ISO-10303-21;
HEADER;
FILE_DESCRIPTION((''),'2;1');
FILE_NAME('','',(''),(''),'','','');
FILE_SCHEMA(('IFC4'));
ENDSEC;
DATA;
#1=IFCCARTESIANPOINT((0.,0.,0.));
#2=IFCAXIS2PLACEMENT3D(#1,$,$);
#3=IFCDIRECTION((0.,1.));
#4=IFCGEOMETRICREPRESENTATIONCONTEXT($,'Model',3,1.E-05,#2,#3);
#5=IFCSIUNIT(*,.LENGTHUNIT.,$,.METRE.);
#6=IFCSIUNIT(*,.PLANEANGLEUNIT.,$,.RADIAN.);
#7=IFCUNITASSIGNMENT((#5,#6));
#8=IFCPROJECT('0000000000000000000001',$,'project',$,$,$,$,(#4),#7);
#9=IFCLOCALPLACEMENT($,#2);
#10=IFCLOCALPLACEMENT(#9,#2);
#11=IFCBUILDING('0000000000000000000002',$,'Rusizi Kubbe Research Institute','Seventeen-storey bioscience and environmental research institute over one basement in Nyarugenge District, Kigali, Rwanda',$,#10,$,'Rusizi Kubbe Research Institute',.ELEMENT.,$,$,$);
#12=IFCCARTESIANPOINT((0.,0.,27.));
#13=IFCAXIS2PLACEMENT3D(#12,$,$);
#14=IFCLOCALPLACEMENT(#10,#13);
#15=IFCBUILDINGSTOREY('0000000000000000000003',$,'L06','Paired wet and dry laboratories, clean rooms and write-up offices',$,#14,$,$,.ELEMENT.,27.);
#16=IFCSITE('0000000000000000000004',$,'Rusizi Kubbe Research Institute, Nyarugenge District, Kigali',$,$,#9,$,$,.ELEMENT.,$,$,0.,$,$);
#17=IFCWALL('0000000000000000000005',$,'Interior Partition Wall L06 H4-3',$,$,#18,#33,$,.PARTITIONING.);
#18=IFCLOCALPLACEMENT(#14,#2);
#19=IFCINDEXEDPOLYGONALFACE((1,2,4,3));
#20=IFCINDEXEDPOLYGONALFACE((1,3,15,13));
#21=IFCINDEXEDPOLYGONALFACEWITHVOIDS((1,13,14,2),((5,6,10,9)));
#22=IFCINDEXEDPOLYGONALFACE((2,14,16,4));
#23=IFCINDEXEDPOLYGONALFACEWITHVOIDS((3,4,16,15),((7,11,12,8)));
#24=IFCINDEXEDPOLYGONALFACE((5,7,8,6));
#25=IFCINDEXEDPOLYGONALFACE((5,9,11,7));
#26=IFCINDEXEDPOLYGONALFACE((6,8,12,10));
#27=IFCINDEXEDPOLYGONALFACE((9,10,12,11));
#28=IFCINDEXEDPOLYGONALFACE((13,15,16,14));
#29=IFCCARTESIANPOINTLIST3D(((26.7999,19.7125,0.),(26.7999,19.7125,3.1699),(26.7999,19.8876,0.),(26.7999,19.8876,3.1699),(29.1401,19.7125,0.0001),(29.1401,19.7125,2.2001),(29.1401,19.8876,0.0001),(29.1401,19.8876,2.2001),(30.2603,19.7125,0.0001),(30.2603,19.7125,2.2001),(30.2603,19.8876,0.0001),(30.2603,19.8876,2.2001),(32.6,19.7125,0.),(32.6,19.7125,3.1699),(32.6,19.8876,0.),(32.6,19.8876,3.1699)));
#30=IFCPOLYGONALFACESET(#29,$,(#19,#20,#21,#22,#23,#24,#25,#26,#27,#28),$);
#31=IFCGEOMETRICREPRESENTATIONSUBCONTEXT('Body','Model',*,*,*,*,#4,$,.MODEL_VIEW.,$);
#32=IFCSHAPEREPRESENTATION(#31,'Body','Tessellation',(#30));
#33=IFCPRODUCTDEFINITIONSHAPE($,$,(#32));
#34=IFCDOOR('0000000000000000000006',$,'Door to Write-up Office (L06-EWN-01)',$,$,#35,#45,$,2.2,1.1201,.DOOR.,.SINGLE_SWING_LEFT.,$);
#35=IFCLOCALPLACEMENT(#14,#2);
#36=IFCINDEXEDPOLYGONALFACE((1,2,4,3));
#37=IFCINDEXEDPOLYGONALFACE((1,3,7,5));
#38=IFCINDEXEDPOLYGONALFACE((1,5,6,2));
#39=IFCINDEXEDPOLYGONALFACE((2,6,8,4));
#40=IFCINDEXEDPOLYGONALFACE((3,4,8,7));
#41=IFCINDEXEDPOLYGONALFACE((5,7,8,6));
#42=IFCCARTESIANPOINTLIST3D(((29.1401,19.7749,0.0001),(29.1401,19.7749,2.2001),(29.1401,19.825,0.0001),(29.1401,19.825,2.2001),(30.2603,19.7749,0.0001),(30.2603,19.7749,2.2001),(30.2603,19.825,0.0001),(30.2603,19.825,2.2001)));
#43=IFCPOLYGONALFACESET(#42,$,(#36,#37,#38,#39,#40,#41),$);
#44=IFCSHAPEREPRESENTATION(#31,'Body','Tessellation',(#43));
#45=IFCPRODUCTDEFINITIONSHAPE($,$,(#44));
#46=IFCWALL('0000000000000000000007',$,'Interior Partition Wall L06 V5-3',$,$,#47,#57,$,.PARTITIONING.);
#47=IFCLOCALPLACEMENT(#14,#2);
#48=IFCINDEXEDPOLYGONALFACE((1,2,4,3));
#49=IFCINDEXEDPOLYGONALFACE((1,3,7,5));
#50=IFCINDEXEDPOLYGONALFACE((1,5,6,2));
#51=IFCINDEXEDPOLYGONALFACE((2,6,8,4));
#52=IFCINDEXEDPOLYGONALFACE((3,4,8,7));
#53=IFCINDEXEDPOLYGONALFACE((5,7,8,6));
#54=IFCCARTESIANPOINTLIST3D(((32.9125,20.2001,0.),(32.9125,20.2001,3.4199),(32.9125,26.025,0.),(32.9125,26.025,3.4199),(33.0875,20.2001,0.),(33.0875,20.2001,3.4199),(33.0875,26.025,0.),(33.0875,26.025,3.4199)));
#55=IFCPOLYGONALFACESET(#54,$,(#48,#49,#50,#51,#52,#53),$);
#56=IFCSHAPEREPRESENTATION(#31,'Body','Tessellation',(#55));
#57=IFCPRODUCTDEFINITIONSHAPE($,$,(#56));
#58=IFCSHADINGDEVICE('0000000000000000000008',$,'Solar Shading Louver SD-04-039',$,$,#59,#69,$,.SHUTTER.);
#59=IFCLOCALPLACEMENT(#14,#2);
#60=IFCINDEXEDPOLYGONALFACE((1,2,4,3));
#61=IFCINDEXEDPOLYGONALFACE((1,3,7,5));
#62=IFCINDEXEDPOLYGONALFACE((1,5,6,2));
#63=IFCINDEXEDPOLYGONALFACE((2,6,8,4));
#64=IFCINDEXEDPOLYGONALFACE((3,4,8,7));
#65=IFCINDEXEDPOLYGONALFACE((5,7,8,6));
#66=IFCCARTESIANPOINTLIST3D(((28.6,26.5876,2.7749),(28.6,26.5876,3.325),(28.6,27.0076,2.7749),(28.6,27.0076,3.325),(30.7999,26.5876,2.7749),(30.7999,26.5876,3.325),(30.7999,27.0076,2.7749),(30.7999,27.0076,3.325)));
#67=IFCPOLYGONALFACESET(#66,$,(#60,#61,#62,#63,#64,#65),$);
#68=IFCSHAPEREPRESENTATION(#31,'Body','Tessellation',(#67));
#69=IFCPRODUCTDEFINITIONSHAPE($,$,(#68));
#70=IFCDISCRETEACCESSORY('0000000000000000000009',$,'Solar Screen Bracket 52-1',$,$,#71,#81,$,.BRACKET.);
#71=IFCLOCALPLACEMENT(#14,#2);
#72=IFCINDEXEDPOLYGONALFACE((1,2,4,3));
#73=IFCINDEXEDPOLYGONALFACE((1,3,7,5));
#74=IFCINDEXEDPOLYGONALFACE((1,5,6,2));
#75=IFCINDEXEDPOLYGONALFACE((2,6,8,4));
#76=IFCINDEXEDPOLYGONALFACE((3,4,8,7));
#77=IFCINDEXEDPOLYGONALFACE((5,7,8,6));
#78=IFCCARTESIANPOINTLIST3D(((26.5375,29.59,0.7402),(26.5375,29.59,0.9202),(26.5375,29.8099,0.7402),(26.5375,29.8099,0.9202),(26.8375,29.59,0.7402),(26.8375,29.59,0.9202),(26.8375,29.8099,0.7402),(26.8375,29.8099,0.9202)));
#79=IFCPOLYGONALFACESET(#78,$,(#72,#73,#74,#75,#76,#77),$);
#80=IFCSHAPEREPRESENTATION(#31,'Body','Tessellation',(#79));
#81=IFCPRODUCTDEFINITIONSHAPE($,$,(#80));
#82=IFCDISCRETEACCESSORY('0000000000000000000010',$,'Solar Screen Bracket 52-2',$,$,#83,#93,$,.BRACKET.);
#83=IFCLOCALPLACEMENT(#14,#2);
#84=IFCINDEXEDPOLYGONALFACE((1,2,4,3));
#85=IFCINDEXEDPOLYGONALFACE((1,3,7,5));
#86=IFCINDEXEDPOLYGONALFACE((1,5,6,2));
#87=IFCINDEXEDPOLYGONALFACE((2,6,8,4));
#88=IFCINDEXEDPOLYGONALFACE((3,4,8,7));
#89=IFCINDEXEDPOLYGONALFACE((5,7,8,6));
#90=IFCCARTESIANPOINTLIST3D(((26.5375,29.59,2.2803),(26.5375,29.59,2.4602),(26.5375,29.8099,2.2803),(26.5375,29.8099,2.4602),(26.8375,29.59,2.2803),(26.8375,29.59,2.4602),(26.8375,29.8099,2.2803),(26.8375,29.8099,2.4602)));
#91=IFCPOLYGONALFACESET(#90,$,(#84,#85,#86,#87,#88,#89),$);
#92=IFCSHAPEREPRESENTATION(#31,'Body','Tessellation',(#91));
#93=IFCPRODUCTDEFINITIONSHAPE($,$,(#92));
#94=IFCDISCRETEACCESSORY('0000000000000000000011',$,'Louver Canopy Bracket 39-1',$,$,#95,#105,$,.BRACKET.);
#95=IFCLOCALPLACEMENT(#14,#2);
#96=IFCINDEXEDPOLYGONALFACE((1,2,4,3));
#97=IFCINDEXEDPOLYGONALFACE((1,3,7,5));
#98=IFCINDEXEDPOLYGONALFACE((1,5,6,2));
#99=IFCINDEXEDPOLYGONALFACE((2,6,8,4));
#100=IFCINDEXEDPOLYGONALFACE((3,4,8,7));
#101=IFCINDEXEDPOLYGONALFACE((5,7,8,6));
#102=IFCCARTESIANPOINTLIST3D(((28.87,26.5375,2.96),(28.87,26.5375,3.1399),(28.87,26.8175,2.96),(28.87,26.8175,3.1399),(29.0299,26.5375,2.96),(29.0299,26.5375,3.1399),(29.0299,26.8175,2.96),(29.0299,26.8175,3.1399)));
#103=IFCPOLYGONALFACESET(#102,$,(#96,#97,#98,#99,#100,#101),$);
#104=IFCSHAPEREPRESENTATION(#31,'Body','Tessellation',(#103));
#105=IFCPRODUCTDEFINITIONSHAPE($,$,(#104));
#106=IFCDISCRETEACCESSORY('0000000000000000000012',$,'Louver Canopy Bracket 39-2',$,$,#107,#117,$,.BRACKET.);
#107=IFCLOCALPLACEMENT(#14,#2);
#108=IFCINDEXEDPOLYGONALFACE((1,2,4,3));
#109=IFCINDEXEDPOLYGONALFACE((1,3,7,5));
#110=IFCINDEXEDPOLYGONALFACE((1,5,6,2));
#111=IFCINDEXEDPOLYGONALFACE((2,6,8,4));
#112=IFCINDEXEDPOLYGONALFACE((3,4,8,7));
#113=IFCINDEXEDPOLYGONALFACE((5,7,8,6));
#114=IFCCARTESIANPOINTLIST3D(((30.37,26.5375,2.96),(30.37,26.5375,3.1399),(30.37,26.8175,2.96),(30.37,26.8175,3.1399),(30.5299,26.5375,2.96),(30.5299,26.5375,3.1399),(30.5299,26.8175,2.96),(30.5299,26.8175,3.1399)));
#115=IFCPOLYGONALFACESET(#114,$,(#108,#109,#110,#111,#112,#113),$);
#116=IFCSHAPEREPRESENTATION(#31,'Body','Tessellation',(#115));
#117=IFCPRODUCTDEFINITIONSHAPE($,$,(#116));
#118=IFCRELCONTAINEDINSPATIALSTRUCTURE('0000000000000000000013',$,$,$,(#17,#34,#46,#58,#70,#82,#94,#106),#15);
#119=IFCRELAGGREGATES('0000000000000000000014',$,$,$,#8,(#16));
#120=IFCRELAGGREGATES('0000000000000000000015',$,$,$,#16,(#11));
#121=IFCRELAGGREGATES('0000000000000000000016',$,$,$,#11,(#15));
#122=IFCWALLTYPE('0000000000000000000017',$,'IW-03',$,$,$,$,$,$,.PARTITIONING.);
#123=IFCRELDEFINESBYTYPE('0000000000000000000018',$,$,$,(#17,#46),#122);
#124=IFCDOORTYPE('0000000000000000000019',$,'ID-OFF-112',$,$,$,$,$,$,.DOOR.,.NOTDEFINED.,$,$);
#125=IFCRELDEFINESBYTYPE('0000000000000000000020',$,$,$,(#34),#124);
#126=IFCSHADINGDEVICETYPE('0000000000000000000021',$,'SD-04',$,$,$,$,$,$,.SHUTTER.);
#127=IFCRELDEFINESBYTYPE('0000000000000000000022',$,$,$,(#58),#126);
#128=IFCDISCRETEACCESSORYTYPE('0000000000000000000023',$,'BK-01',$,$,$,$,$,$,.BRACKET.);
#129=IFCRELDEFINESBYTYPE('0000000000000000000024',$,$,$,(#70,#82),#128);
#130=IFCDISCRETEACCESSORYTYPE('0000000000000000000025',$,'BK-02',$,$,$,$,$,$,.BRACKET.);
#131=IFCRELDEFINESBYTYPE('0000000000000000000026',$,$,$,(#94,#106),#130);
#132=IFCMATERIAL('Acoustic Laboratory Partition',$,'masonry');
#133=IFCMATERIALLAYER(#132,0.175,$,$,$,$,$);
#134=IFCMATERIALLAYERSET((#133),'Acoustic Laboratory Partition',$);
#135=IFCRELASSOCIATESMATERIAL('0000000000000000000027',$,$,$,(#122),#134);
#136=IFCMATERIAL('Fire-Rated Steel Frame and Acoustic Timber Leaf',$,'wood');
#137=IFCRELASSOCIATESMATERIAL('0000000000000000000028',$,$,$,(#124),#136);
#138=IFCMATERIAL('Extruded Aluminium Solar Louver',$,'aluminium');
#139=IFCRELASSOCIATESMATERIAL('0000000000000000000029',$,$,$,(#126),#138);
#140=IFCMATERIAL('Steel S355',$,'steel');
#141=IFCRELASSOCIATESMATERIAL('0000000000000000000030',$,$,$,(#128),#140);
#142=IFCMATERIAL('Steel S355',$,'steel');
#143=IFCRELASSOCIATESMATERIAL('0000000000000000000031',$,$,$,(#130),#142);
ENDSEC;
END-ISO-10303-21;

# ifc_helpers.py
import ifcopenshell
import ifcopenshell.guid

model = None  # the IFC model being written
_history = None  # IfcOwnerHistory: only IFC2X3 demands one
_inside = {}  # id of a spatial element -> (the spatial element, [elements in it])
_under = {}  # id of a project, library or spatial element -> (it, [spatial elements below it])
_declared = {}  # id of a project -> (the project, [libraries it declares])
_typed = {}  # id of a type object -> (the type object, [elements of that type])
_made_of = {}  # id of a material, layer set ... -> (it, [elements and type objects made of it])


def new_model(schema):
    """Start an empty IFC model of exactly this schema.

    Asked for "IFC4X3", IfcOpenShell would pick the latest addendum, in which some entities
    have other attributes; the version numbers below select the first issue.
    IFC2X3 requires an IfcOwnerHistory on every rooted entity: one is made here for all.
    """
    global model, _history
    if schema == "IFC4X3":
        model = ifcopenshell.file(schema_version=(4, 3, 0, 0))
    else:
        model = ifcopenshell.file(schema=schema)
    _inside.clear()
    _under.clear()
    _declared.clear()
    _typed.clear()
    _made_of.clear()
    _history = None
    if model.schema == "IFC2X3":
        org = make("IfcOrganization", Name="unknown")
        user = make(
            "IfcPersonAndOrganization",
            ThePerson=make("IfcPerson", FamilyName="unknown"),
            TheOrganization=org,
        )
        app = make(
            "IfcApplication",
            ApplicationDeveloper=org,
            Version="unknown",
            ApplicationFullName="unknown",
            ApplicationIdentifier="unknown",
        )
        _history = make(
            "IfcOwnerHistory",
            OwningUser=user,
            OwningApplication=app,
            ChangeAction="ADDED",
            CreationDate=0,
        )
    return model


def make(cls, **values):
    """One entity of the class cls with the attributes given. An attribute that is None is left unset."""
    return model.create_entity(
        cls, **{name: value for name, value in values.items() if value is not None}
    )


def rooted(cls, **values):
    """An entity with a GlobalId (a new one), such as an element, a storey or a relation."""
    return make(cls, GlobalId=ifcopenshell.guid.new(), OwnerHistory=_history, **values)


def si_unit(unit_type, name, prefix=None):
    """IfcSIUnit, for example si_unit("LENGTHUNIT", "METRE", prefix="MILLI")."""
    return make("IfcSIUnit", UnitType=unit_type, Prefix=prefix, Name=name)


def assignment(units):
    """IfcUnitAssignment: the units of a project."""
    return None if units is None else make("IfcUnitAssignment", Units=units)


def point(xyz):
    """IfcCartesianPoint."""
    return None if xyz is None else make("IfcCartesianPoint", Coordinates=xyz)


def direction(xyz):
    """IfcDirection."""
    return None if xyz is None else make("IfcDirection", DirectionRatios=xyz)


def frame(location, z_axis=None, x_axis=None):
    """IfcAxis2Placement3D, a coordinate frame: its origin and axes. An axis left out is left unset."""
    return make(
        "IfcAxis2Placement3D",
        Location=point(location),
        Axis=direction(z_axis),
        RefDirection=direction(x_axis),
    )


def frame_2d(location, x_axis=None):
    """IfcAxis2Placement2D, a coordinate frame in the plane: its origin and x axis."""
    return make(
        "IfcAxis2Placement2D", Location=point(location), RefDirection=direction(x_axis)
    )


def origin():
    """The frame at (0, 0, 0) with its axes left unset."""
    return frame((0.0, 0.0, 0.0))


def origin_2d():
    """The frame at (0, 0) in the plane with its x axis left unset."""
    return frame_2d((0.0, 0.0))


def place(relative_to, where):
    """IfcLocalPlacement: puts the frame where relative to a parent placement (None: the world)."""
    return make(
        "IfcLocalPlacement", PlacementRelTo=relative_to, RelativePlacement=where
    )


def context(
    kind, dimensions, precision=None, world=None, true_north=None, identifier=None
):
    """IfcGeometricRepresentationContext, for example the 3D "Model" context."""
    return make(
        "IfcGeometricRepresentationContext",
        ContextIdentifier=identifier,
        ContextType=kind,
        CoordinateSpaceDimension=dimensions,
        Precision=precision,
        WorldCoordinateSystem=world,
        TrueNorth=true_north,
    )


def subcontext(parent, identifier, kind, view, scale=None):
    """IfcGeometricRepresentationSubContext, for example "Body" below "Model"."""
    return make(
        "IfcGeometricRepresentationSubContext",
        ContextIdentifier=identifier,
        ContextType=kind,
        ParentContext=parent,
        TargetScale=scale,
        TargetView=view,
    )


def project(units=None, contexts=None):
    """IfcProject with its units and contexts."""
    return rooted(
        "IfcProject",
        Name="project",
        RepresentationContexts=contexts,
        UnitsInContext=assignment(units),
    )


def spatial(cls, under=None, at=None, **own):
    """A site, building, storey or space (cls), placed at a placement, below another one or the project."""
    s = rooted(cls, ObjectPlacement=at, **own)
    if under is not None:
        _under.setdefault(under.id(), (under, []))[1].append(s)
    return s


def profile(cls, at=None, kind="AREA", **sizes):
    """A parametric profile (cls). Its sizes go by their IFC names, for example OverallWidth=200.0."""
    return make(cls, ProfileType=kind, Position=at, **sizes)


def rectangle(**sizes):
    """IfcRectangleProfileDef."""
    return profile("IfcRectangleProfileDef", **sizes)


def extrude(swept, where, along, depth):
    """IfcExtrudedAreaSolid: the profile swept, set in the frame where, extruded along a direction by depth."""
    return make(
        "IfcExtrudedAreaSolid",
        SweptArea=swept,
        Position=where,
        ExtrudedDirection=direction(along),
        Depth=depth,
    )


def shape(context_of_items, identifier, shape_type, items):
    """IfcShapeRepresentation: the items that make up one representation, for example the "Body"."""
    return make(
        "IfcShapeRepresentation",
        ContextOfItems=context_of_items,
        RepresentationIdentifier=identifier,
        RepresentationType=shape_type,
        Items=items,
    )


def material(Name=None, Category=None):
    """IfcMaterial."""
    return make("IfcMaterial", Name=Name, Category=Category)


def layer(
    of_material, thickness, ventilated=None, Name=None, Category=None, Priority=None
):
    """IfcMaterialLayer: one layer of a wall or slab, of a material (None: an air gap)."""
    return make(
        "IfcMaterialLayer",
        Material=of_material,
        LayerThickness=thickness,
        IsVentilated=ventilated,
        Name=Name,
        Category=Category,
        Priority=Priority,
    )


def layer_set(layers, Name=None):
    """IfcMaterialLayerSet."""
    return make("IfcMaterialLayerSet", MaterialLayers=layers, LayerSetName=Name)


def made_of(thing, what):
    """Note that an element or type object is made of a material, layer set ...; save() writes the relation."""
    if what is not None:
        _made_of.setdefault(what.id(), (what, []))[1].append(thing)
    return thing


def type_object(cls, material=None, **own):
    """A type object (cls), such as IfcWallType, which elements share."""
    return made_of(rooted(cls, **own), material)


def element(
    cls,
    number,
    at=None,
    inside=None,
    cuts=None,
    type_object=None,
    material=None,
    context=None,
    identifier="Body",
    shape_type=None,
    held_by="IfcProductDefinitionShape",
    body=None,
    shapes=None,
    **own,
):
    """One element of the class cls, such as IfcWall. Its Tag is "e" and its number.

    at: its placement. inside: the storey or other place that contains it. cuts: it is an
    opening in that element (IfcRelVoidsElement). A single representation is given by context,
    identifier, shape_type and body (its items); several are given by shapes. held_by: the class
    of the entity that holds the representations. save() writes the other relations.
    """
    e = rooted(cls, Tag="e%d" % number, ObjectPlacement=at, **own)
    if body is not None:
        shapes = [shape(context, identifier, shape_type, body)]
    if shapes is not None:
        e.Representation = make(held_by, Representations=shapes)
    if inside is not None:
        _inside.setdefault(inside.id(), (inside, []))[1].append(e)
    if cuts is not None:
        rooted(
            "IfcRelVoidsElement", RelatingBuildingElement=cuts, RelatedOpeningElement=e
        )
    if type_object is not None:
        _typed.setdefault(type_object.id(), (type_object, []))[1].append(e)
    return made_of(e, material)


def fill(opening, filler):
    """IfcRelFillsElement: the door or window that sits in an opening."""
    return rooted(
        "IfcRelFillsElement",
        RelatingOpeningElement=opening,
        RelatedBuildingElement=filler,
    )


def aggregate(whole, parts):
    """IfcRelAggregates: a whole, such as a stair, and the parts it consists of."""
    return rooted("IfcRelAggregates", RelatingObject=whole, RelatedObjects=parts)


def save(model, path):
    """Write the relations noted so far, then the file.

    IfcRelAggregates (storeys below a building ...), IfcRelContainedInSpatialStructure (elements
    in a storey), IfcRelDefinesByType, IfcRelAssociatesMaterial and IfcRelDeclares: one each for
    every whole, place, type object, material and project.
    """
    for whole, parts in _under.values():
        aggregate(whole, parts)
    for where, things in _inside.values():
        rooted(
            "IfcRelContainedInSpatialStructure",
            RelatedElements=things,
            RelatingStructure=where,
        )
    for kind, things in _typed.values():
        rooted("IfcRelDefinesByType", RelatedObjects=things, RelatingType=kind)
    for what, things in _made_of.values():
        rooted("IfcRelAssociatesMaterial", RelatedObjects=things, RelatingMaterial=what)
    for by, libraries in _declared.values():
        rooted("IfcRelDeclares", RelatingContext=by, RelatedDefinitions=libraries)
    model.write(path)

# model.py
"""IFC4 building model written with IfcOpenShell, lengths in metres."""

from ifc_helpers import new_model, si_unit, direction, frame, frame_2d, origin, origin_2d, place, context, subcontext, project, spatial, rectangle, extrude, material, layer, layer_set, type_object, element, fill, save


model = new_model("IFC4")

# Units and contexts
model_context = context("Model", 3, precision=1e-05, world=origin(), true_north=direction((0.0, 1.0)))
body_context = subcontext(model_context, "Body", "Model", "MODEL_VIEW")
ifc_project = project(units=[si_unit("LENGTHUNIT", "METRE"), si_unit("PLANEANGLEUNIT", "RADIAN")], contexts=[model_context])

# Site, building, storey
site_placement = place(None, origin())
site = spatial("IfcSite", under=ifc_project, at=site_placement, Name="Rusizi Kubbe Research Institute, Nyarugenge District, Kigali", CompositionType="ELEMENT", RefElevation=0.0)
building_placement = place(site_placement, origin())
building = spatial("IfcBuilding", under=site, at=building_placement, Name="Rusizi Kubbe Research Institute", Description="Seventeen-storey bioscience and environmental research institute over one basement in Nyarugenge District, Kigali, Rwanda", LongName="Rusizi Kubbe Research Institute", CompositionType="ELEMENT")
storey_placement = place(building_placement, frame((0.0, 0.0, 27.0)))
storey = spatial("IfcBuildingStorey", under=building, at=storey_placement, Name="L06", Description="Paired wet and dry laboratories, clean rooms and write-up offices", CompositionType="ELEMENT", Elevation=27.0)

# Wall, opening, door
ifc_material_1 = material(Name="Acoustic Laboratory Partition", Category="masonry")
ifc_layer_1 = layer(ifc_material_1, 0.175)
ifc_layer_set_1 = layer_set([ifc_layer_1], Name="Acoustic Laboratory Partition")
wall_type_1 = type_object("IfcWallType", Name="IW-03", PredefinedType="PARTITIONING", material=ifc_layer_set_1)
wall_1_placement = place(storey_placement, frame((26.8, 19.8, 0.0), z_axis=(0.0, 0.0, 1.0), x_axis=(1.0, 0.0, 0.0)))
wall_1 = element("IfcWall", 1, at=wall_1_placement, inside=storey, type_object=wall_type_1, Name="Interior Partition Wall L06 H4-3", PredefinedType="PARTITIONING", context=body_context, shape_type="SweptSolid", body=[
    extrude(rectangle(XDim=5.8, YDim=0.175, at=frame_2d((2.8999, 0.0))), origin(), (0.0, 0.0, 1.0), 3.1699),
])
opening_1_placement = place(wall_1_placement, frame((2.3401, 0.0, 0.0)))
opening_1 = element("IfcOpeningElement", 2, at=opening_1_placement, cuts=wall_1, PredefinedType="OPENING", context=body_context, shape_type="SweptSolid", body=[
    extrude(rectangle(XDim=1.1201, YDim=2.2, at=frame_2d((0.5601, 1.1001))), frame((0.0, 0.0974, 0.0), z_axis=(0.0, -1.0, 0.0), x_axis=(1.0, 0.0, 0.0)), (0.0, 0.0, 1.0), 0.1951),
])
ifc_material_2 = material(Name="Fire-Rated Steel Frame and Acoustic Timber Leaf", Category="wood")
door_type = type_object("IfcDoorType", Name="ID-OFF-112", OperationType="NOTDEFINED", PredefinedType="DOOR", material=ifc_material_2)
door_placement = place(opening_1_placement, origin())
door = element("IfcDoor", 3, at=door_placement, inside=storey, type_object=door_type, Name="Door to Write-up Office (L06-EWN-01)", OperationType="SINGLE_SWING_LEFT", OverallHeight=2.2, OverallWidth=1.1201, PredefinedType="DOOR", context=body_context, shape_type="SweptSolid", body=[
    extrude(rectangle(XDim=1.1201, YDim=2.2, at=frame_2d((0.5601, 1.1001))), frame((0.0, 0.0249, 0.0), z_axis=(0.0, -1.0, 0.0), x_axis=(1.0, 0.0, 0.0)), (0.0, 0.0, 1.0), 0.05),
])
fill(opening_1, door)

# Wall
wall_2_placement = place(storey_placement, frame((33.0, 20.2, 0.0), z_axis=(0.0, 0.0, 1.0), x_axis=(0.0, 1.0, 0.0)))
element("IfcWall", 4, at=wall_2_placement, inside=storey, type_object=wall_type_1, Name="Interior Partition Wall L06 V5-3", PredefinedType="PARTITIONING", context=body_context, shape_type="SweptSolid", body=[
    extrude(rectangle(XDim=5.825, YDim=0.175, at=frame_2d((2.9126, 0.0))), origin(), (0.0, 0.0, 1.0), 3.4199),
])

# Shading device
ifc_material_3 = material(Name="Extruded Aluminium Solar Louver", Category="aluminium")
shading_device_type = type_object("IfcShadingDeviceType", Name="SD-04", PredefinedType="SHUTTER", material=ifc_material_3)
shading_device_placement = place(storey_placement, frame((29.7, 26.7976, 2.7749), z_axis=(0.0, 0.0, 1.0), x_axis=(1.0, 0.0, 0.0)))
element("IfcShadingDevice", 5, at=shading_device_placement, inside=storey, type_object=shading_device_type, Name="Solar Shading Louver SD-04-039", PredefinedType="SHUTTER", context=body_context, shape_type="SweptSolid", body=[
    extrude(rectangle(XDim=2.2, YDim=0.4199, at=origin_2d()), origin(), (0.0, 0.0, 1.0), 0.55),
])

# Discrete accessories
ifc_material_4 = material(Name="Steel S355", Category="steel")
discrete_accessory_type_1 = type_object("IfcDiscreteAccessoryType", Name="BK-01", PredefinedType="BRACKET", material=ifc_material_4)
for number, where, z_axis, x_axis, name in (
    (6, (26.6875, 29.7, 0.7402), (0.0, 0.0, 1.0), (1.0, 0.0, 0.0), "Solar Screen Bracket 52-1"),
    (7, (26.6875, 29.7, 2.2803), (0.0, 0.0, 1.0), (1.0, 0.0, 0.0), "Solar Screen Bracket 52-2"),
):
    element("IfcDiscreteAccessory", number, at=place(storey_placement, frame(where, z_axis=z_axis, x_axis=x_axis)), inside=storey, type_object=discrete_accessory_type_1, Name=name, PredefinedType="BRACKET", context=body_context, shape_type="SweptSolid", body=[
        extrude(rectangle(XDim=0.3, YDim=0.22, at=origin_2d()), origin(), (0.0, 0.0, 1.0), 0.1799),
    ])
ifc_material_5 = material(Name="Steel S355", Category="steel")
discrete_accessory_type_2 = type_object("IfcDiscreteAccessoryType", Name="BK-02", PredefinedType="BRACKET", material=ifc_material_5)
for number, where, z_axis, x_axis, name in (
    (8, (28.95, 26.6775, 2.96), (0.0, 0.0, 1.0), (1.0, 0.0, 0.0), "Louver Canopy Bracket 39-1"),
    (9, (30.45, 26.6775, 2.96), (0.0, 0.0, 1.0), (1.0, 0.0, 0.0), "Louver Canopy Bracket 39-2"),
):
    element("IfcDiscreteAccessory", number, at=place(storey_placement, frame(where, z_axis=z_axis, x_axis=x_axis)), inside=storey, type_object=discrete_accessory_type_2, Name=name, PredefinedType="BRACKET", context=body_context, shape_type="SweptSolid", body=[
        extrude(rectangle(XDim=0.1599, YDim=0.28, at=origin_2d()), origin(), (0.0, 0.0, 1.0), 0.1799),
    ])

save(model, "model.ifc")
